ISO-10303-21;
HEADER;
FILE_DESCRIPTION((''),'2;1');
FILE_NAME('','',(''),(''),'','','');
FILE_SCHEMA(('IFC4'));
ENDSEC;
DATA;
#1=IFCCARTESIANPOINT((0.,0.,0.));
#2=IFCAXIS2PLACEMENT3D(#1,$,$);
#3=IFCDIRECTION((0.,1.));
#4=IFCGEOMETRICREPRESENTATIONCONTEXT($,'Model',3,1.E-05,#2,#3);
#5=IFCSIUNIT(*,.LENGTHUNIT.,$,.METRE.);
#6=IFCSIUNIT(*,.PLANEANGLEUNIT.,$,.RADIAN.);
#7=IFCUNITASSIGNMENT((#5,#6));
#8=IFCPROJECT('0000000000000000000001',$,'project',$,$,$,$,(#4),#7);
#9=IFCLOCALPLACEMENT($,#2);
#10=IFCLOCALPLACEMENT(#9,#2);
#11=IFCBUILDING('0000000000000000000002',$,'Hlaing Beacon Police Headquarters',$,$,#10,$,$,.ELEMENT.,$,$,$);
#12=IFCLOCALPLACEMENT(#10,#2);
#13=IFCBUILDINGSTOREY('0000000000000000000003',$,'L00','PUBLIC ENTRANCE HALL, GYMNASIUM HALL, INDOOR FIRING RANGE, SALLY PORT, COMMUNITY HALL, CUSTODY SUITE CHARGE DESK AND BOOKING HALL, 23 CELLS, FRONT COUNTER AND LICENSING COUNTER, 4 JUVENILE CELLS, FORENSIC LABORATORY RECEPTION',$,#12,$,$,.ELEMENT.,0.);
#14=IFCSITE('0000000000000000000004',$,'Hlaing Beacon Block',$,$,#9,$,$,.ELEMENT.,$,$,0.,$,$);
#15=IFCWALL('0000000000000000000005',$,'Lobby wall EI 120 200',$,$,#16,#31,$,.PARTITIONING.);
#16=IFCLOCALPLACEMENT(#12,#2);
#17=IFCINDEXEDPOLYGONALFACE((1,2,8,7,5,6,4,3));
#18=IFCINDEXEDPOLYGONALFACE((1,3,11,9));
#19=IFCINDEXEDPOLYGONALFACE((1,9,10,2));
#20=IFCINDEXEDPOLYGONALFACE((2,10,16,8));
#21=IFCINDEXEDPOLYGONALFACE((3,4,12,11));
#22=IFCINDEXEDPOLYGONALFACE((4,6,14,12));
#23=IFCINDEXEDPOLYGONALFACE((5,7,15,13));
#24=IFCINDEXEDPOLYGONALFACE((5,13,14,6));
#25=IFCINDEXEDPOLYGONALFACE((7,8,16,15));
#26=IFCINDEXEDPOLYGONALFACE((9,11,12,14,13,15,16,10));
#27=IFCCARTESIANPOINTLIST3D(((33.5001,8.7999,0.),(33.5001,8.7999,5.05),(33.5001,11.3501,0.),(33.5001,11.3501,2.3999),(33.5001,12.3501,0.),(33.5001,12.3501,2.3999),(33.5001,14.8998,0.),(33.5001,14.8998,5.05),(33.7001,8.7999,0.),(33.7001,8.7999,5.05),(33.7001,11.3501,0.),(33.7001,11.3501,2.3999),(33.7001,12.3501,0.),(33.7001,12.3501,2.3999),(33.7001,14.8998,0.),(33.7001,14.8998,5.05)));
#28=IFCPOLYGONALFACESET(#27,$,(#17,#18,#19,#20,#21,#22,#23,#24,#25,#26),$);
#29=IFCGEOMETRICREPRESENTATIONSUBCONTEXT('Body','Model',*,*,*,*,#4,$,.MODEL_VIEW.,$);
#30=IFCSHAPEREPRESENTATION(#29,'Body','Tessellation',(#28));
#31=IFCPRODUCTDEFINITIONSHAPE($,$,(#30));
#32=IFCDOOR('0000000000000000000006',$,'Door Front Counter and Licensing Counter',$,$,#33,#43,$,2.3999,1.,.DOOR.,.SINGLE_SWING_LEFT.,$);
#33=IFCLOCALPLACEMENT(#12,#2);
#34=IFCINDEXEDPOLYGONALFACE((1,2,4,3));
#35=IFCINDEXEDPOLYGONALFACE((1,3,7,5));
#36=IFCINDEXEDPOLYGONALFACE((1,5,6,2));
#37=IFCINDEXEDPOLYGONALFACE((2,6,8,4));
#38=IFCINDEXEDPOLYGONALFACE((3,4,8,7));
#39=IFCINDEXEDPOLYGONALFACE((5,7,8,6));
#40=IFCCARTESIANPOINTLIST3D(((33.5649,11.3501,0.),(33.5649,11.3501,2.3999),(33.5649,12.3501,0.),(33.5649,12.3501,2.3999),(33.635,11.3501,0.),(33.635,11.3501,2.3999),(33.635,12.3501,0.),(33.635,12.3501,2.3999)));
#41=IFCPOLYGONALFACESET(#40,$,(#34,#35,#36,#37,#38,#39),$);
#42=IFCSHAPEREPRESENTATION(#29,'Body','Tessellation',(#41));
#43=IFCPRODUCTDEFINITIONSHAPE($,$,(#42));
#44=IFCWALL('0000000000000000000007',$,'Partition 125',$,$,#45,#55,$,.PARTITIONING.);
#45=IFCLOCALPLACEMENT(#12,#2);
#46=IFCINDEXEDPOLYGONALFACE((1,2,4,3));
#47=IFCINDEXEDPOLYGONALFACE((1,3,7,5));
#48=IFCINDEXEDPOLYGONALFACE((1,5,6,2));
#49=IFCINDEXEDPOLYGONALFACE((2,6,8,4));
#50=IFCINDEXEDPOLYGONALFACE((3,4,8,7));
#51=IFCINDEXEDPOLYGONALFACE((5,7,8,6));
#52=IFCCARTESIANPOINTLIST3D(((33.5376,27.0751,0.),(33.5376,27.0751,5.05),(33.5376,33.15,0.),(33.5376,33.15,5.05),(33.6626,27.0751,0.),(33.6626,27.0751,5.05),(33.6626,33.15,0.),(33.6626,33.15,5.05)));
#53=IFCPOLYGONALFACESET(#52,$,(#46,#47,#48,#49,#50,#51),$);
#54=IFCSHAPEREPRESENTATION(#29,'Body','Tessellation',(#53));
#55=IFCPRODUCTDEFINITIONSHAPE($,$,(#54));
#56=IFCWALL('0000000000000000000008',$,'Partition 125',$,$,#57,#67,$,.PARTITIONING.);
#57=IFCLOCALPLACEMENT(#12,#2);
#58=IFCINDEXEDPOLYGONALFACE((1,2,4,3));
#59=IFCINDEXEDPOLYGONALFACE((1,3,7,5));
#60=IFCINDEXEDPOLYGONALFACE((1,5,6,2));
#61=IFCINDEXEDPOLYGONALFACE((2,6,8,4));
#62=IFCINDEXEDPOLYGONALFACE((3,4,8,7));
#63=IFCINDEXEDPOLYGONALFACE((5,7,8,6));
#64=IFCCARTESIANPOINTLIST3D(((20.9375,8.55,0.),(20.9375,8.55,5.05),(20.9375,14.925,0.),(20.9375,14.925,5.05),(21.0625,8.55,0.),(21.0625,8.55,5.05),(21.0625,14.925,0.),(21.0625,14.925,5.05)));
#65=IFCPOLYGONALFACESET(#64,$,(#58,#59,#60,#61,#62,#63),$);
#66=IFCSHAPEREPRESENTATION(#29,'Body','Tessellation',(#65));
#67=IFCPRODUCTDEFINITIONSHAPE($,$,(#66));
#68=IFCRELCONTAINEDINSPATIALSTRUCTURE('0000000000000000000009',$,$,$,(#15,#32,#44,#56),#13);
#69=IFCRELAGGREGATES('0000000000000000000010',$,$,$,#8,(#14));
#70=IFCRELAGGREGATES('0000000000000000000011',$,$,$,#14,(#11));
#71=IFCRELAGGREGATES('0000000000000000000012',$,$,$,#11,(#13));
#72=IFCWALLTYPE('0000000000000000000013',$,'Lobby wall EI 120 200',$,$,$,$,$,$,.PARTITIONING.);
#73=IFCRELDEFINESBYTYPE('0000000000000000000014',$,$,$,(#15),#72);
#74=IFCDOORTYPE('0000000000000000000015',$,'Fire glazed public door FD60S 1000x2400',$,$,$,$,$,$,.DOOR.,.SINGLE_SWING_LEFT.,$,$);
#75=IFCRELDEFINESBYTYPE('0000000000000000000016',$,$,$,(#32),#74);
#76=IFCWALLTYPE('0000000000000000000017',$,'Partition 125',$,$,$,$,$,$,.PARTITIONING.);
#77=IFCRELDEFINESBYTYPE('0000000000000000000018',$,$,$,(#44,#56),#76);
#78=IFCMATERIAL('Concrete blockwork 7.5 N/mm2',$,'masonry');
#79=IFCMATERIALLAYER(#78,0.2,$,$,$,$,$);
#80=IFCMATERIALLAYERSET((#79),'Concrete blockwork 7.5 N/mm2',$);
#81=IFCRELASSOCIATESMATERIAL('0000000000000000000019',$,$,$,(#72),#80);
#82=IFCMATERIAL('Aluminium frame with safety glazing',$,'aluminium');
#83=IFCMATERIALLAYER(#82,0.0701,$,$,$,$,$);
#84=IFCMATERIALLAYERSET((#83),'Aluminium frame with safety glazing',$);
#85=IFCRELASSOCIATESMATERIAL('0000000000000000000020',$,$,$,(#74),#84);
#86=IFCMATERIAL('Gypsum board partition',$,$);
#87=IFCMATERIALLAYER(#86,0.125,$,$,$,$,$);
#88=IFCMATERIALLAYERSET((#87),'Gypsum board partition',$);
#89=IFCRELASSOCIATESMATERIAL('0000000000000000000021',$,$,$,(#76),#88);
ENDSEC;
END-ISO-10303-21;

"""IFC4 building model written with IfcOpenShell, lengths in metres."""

from ifc_helpers import new_model, si_unit, direction, frame, frame_2d, origin, place, context, subcontext, project, spatial, rectangle, extrude, material, layer, layer_set, type_object, element, fill, save


model = new_model("IFC4")

# Units and contexts
model_context = context("Model", 3, precision=1e-05, world=origin(), true_north=direction((0.0, 1.0)))
body_context = subcontext(model_context, "Body", "Model", "MODEL_VIEW")
ifc_project = project(units=[si_unit("LENGTHUNIT", "METRE"), si_unit("PLANEANGLEUNIT", "RADIAN")], contexts=[model_context])

# Site, building, storey
site_placement = place(None, origin())
site = spatial("IfcSite", under=ifc_project, at=site_placement, Name="Hlaing Beacon Block", CompositionType="ELEMENT", RefElevation=0.0)
building_placement = place(site_placement, origin())
building = spatial("IfcBuilding", under=site, at=building_placement, Name="Hlaing Beacon Police Headquarters", CompositionType="ELEMENT")
storey_placement = place(building_placement, origin())
storey = spatial("IfcBuildingStorey", under=building, at=storey_placement, Name="L00", Description="PUBLIC ENTRANCE HALL, GYMNASIUM HALL, INDOOR FIRING RANGE, SALLY PORT, COMMUNITY HALL, CUSTODY SUITE CHARGE DESK AND BOOKING HALL, 23 CELLS, FRONT COUNTER AND LICENSING COUNTER, 4 JUVENILE CELLS, FORENSIC LABORATORY RECEPTION", CompositionType="ELEMENT", Elevation=0.0)

# Wall, opening, door
ifc_material_1 = material(Name="Concrete blockwork 7.5 N/mm2", Category="masonry")
ifc_layer_1 = layer(ifc_material_1, 0.2)
ifc_layer_set_1 = layer_set([ifc_layer_1], Name="Concrete blockwork 7.5 N/mm2")
wall_type_1 = type_object("IfcWallType", Name="Lobby wall EI 120 200", PredefinedType="PARTITIONING", material=ifc_layer_set_1)
wall_1_placement = place(storey_placement, frame((33.6001, 8.8, 0.0), z_axis=(0.0, 0.0, 1.0), x_axis=(0.0, 1.0, 0.0)))
wall_1 = element("IfcWall", 1, at=wall_1_placement, inside=storey, type_object=wall_type_1, Name="Lobby wall EI 120 200", PredefinedType="PARTITIONING", context=body_context, shape_type="SweptSolid", body=[
    extrude(rectangle(XDim=6.0999, YDim=0.2, at=frame_2d((3.0498, 0.0))), origin(), (0.0, 0.0, 1.0), 5.05),
])
opening_1_placement = place(wall_1_placement, frame((2.55, 0.0, 0.0)))
opening_1 = element("IfcOpeningElement", 2, at=opening_1_placement, cuts=wall_1, PredefinedType="OPENING", context=body_context, shape_type="SweptSolid", body=[
    extrude(rectangle(XDim=1.0, YDim=2.3999, at=frame_2d((0.5, 1.2))), frame((0.0, 0.1099, 0.0), z_axis=(0.0, -1.0, 0.0), x_axis=(1.0, 0.0, 0.0)), (0.0, 0.0, 1.0), 0.22),
])
ifc_material_2 = material(Name="Aluminium frame with safety glazing", Category="aluminium")
ifc_layer_2 = layer(ifc_material_2, 0.0701)
ifc_layer_set_2 = layer_set([ifc_layer_2], Name="Aluminium frame with safety glazing")
door_type_1 = type_object("IfcDoorType", Name="Fire glazed public door FD60S 1000x2400", OperationType="SINGLE_SWING_LEFT", PredefinedType="DOOR", material=ifc_layer_set_2)
door_1_placement = place(opening_1_placement, origin())
door_1 = element("IfcDoor", 3, at=door_1_placement, inside=storey, type_object=door_type_1, Name="Door Front Counter and Licensing Counter", OperationType="SINGLE_SWING_LEFT", OverallHeight=2.3999, OverallWidth=1.0, PredefinedType="DOOR", context=body_context, shape_type="SweptSolid", body=[
    extrude(rectangle(XDim=1.0, YDim=2.3999, at=frame_2d((0.5, 1.2))), frame((0.0, 0.0352, 0.0), z_axis=(0.0, -1.0, 0.0), x_axis=(1.0, 0.0, 0.0)), (0.0, 0.0, 1.0), 0.0701),
])
fill(opening_1, door_1)

# Walls
ifc_material_3 = material(Name="Gypsum board partition")
ifc_layer_3 = layer(ifc_material_3, 0.125)
ifc_layer_set_3 = layer_set([ifc_layer_3], Name="Gypsum board partition")
wall_type_2 = type_object("IfcWallType", Name="Partition 125", PredefinedType="PARTITIONING", material=ifc_layer_set_3)
wall_2_placement = place(storey_placement, frame((33.6001, 27.075, 0.0), z_axis=(0.0, 0.0, 1.0), x_axis=(0.0, 1.0, 0.0)))
element("IfcWall", 4, at=wall_2_placement, inside=storey, type_object=wall_type_2, Name="Partition 125", PredefinedType="PARTITIONING", context=body_context, shape_type="SweptSolid", body=[
    extrude(rectangle(XDim=6.075, YDim=0.125, at=frame_2d((3.0376, 0.0))), origin(), (0.0, 0.0, 1.0), 5.05),
])
wall_3_placement = place(storey_placement, frame((21.0, 8.55, 0.0), z_axis=(0.0, 0.0, 1.0), x_axis=(0.0, 1.0, 0.0)))
element("IfcWall", 5, at=wall_3_placement, inside=storey, type_object=wall_type_2, Name="Partition 125", PredefinedType="PARTITIONING", context=body_context, shape_type="SweptSolid", body=[
    extrude(rectangle(XDim=6.375, YDim=0.125, at=frame_2d((3.1875, 0.0))), origin(), (0.0, 0.0, 1.0), 5.05),
])

save(model, "model.ifc")
